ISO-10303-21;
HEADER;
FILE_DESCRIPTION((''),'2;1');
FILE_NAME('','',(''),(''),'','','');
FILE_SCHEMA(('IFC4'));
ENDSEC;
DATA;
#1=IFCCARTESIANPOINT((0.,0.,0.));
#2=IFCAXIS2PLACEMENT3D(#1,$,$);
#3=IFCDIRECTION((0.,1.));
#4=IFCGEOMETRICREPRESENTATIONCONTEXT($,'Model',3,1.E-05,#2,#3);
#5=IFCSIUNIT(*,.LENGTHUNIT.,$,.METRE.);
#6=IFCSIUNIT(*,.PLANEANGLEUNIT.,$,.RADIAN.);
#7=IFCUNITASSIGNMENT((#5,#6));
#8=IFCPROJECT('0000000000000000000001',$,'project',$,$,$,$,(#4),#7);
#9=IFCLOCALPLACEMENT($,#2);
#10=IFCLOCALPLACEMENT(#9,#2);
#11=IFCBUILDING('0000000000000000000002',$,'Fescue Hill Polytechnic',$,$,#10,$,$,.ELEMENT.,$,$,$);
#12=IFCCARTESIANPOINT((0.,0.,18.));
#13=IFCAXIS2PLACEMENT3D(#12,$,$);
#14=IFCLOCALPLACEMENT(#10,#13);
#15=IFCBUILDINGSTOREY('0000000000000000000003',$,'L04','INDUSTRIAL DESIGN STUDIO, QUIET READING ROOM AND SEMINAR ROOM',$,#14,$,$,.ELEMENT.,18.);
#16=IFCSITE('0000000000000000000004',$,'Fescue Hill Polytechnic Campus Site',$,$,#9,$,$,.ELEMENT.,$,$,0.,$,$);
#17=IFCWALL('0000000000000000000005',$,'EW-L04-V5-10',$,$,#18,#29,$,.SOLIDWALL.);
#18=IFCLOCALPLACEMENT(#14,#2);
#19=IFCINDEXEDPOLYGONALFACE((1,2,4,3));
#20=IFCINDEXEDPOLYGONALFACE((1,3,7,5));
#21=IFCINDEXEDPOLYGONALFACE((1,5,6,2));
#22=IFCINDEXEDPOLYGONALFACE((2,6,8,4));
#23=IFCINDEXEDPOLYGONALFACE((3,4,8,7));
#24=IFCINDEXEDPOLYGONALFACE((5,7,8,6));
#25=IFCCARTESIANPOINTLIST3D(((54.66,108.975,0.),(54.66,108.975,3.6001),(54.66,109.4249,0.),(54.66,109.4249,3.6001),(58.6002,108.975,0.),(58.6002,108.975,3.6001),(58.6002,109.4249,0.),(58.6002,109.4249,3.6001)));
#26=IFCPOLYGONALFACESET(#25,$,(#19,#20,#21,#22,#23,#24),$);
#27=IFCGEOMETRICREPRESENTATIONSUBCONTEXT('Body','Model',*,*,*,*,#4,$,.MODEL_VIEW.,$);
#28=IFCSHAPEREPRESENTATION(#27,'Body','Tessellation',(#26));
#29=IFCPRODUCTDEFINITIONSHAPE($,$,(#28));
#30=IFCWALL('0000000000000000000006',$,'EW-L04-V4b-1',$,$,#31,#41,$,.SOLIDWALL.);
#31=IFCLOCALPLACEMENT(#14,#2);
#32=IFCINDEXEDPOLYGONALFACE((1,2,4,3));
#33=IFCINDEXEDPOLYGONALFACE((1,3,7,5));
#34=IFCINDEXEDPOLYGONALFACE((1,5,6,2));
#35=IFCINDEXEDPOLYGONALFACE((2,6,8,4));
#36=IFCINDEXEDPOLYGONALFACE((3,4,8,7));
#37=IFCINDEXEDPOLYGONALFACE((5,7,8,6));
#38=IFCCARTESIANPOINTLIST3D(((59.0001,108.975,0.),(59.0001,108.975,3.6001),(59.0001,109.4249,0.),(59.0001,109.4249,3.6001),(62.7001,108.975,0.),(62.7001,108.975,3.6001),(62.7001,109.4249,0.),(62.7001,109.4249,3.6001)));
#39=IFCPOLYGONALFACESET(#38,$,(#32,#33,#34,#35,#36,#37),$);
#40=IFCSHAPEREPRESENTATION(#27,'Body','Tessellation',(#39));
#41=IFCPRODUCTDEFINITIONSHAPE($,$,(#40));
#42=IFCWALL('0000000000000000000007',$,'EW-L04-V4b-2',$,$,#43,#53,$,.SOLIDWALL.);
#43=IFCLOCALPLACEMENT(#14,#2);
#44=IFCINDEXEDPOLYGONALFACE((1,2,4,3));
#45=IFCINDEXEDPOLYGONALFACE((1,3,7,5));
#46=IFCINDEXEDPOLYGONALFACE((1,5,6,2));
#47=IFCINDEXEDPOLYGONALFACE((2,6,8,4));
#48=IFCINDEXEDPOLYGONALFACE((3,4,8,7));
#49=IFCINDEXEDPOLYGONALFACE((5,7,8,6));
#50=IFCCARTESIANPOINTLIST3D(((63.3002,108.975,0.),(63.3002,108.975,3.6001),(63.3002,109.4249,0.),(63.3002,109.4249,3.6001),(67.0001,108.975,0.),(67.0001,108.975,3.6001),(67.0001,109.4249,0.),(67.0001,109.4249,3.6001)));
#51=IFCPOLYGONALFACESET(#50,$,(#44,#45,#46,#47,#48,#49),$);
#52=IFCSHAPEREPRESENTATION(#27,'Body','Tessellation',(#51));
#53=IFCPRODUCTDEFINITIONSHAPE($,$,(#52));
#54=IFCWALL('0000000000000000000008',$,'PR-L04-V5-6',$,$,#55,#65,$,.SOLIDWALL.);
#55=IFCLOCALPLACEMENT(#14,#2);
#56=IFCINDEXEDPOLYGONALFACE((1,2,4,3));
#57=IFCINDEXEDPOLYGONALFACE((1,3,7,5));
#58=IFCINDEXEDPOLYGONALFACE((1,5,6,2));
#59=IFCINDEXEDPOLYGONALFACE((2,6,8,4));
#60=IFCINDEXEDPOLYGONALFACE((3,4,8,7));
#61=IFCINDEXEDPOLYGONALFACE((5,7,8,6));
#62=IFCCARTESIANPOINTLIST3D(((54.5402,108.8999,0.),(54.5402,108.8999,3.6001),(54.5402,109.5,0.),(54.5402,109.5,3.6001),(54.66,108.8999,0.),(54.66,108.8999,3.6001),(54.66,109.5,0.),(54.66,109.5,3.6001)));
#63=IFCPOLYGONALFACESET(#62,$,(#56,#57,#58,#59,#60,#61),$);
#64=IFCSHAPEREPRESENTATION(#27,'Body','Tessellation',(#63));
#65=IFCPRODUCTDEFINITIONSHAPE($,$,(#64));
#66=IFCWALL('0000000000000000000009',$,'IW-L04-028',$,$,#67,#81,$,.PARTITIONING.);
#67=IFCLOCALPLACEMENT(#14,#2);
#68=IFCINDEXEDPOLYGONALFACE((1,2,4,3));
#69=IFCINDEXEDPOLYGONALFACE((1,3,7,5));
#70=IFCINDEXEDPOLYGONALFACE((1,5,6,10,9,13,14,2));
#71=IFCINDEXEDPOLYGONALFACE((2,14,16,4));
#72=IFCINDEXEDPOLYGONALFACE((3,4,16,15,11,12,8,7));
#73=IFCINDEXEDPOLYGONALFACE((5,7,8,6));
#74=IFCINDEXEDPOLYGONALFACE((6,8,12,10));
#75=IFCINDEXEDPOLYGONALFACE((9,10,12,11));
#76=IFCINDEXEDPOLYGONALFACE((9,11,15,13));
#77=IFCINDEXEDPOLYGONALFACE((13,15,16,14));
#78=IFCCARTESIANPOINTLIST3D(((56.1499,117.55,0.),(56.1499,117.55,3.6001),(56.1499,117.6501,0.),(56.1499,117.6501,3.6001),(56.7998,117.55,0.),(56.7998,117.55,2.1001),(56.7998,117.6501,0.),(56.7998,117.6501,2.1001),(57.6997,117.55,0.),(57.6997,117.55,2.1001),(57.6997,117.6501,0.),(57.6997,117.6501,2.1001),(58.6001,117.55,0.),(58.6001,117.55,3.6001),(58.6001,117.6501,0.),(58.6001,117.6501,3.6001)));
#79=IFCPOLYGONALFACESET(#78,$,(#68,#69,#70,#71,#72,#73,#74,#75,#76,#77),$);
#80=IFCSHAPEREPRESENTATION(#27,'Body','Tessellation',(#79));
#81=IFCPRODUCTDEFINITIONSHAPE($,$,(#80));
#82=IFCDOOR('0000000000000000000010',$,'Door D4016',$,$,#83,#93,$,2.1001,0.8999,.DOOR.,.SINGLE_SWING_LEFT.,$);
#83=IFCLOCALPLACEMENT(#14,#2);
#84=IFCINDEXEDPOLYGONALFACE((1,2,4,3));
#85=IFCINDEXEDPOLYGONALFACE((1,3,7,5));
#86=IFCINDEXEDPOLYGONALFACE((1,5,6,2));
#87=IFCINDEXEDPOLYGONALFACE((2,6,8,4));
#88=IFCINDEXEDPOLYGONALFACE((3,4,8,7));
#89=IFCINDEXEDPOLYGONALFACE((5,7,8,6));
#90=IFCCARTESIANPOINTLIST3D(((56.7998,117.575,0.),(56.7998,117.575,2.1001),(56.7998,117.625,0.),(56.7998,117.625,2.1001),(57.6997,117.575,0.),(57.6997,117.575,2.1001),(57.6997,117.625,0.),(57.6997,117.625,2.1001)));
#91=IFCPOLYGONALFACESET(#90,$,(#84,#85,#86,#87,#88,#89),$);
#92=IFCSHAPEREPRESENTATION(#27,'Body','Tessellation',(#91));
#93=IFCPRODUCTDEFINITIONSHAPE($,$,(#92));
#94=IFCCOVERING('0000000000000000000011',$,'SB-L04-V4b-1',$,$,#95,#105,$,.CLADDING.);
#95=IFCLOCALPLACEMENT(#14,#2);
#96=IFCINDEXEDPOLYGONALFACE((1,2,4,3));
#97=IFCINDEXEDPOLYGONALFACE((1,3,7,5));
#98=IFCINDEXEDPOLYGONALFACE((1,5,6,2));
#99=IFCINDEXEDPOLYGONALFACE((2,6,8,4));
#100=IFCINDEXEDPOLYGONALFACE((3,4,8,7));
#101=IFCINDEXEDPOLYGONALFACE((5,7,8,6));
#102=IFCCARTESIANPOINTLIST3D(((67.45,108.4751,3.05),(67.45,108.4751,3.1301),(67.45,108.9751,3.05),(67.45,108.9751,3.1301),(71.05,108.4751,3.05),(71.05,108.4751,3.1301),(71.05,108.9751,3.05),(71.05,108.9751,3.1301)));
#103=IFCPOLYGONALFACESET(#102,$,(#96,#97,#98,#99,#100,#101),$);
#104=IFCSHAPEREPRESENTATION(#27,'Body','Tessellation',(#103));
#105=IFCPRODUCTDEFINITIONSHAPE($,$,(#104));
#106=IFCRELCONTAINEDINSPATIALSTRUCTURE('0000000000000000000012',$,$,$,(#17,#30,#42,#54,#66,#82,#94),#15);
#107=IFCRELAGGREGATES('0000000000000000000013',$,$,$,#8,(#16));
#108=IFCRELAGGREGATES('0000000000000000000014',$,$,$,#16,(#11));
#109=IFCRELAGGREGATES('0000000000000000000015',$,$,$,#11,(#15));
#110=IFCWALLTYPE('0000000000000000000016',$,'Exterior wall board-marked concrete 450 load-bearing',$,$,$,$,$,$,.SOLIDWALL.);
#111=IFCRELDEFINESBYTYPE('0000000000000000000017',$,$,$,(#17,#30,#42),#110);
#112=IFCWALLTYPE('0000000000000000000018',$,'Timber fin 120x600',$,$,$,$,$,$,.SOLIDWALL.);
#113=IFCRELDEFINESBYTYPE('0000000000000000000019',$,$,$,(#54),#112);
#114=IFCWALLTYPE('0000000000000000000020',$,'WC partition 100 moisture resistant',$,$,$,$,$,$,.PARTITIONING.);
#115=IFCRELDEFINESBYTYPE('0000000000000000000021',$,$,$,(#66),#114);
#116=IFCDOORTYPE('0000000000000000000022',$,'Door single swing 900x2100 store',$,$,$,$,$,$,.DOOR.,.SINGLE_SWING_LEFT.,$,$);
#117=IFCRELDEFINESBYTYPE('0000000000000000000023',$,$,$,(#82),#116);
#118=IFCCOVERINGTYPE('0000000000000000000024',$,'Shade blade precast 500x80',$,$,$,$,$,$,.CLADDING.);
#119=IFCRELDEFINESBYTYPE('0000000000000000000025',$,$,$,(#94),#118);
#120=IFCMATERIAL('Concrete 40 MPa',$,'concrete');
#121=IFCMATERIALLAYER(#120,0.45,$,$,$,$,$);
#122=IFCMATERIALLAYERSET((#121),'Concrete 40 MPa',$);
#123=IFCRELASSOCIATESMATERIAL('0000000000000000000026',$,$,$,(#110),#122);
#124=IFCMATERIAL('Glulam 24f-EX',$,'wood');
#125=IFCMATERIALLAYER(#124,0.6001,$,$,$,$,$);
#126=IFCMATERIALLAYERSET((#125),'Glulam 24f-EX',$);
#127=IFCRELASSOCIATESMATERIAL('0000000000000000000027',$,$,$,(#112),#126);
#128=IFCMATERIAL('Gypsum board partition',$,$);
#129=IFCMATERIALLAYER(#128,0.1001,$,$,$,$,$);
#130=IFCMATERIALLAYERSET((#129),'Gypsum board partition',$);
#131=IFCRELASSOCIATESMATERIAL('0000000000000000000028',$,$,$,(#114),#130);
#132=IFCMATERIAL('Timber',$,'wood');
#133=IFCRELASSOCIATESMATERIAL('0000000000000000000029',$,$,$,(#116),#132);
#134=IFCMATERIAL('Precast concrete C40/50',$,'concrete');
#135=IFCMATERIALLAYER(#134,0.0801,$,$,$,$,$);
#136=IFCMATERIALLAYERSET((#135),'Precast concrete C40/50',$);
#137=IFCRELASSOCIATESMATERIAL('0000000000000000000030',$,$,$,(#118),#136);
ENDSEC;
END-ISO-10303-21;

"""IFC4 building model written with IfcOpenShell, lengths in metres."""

from ifc_helpers import new_model, si_unit, direction, frame, frame_2d, origin, origin_2d, place, context, subcontext, project, spatial, rectangle, extrude, material, layer, layer_set, type_object, element, fill, save


model = new_model("IFC4")

# Units and contexts
model_context = context("Model", 3, precision=1e-05, world=origin(), true_north=direction((0.0, 1.0)))
body_context = subcontext(model_context, "Body", "Model", "MODEL_VIEW")
ifc_project = project(units=[si_unit("LENGTHUNIT", "METRE"), si_unit("PLANEANGLEUNIT", "RADIAN")], contexts=[model_context])

# Site, building, storey
site_placement = place(None, origin())
site = spatial("IfcSite", under=ifc_project, at=site_placement, Name="Fescue Hill Polytechnic Campus Site", CompositionType="ELEMENT", RefElevation=0.0)
building_placement = place(site_placement, origin())
building = spatial("IfcBuilding", under=site, at=building_placement, Name="Fescue Hill Polytechnic", CompositionType="ELEMENT")
storey_placement = place(building_placement, frame((0.0, 0.0, 18.0)))
storey = spatial("IfcBuildingStorey", under=building, at=storey_placement, Name="L04", Description="INDUSTRIAL DESIGN STUDIO, QUIET READING ROOM AND SEMINAR ROOM", CompositionType="ELEMENT", Elevation=18.0)

# Shared definitions
ifc_material_1 = material(Name="Concrete 40 MPa", Category="concrete")

# Walls
ifc_layer_1 = layer(ifc_material_1, 0.45)
ifc_layer_set_1 = layer_set([ifc_layer_1], Name="Concrete 40 MPa")
wall_type_1 = type_object("IfcWallType", Name="Exterior wall board-marked concrete 450 load-bearing", PredefinedType="SOLIDWALL", material=ifc_layer_set_1)
wall_1_placement = place(storey_placement, frame((54.6599, 109.2, 0.0), z_axis=(0.0, 0.0, 1.0), x_axis=(1.0, 0.0, 0.0)))
element("IfcWall", 1, at=wall_1_placement, inside=storey, type_object=wall_type_1, Name="EW-L04-V5-10", PredefinedType="SOLIDWALL", context=body_context, shape_type="SweptSolid", body=[
    extrude(rectangle(XDim=3.9402, YDim=0.45, at=frame_2d((1.9702, 0.0))), origin(), (0.0, 0.0, 1.0), 3.6001),
])
for number, where, z_axis, x_axis, name in (
    (2, (59.0, 109.2, 0.0), (0.0, 0.0, 1.0), (1.0, 0.0, 0.0), "EW-L04-V4b-1"),
    (3, (63.3, 109.2, 0.0), (0.0, 0.0, 1.0), (1.0, 0.0, 0.0), "EW-L04-V4b-2"),
):
    element("IfcWall", number, at=place(storey_placement, frame(where, z_axis=z_axis, x_axis=x_axis)), inside=storey, type_object=wall_type_1, Name=name, PredefinedType="SOLIDWALL", context=body_context, shape_type="SweptSolid", body=[
        extrude(rectangle(XDim=3.7, YDim=0.45, at=frame_2d((1.8501, 0.0))), origin(), (0.0, 0.0, 1.0), 3.6001),
    ])
ifc_material_2 = material(Name="Glulam 24f-EX", Category="wood")
ifc_layer_2 = layer(ifc_material_2, 0.6001)
ifc_layer_set_2 = layer_set([ifc_layer_2], Name="Glulam 24f-EX")
wall_type_2 = type_object("IfcWallType", Name="Timber fin 120x600", PredefinedType="SOLIDWALL", material=ifc_layer_set_2)
wall_2_placement = place(storey_placement, frame((54.54, 109.2, 0.0), z_axis=(0.0, 0.0, 1.0), x_axis=(1.0, 0.0, 0.0)))
element("IfcWall", 4, at=wall_2_placement, inside=storey, type_object=wall_type_2, Name="PR-L04-V5-6", PredefinedType="SOLIDWALL", context=body_context, shape_type="SweptSolid", body=[
    extrude(rectangle(XDim=0.1199, YDim=0.6001, at=frame_2d((0.0601, 0.0))), origin(), (0.0, 0.0, 1.0), 3.6001),
])

# Wall, opening, door
ifc_material_3 = material(Name="Gypsum board partition")
ifc_layer_3 = layer(ifc_material_3, 0.1001)
ifc_layer_set_3 = layer_set([ifc_layer_3], Name="Gypsum board partition")
wall_type_3 = type_object("IfcWallType", Name="WC partition 100 moisture resistant", PredefinedType="PARTITIONING", material=ifc_layer_set_3)
wall_3_placement = place(storey_placement, frame((56.1499, 117.6001, 0.0), z_axis=(0.0, 0.0, 1.0), x_axis=(1.0, 0.0, 0.0)))
wall_3 = element("IfcWall", 5, at=wall_3_placement, inside=storey, type_object=wall_type_3, Name="IW-L04-028", PredefinedType="PARTITIONING", context=body_context, shape_type="SweptSolid", body=[
    extrude(rectangle(XDim=2.4502, YDim=0.1001, at=frame_2d((1.2251, 0.0))), origin(), (0.0, 0.0, 1.0), 3.6001),
])
opening_1_placement = place(wall_3_placement, frame((0.6499, 0.0, 0.0)))
opening_1 = element("IfcOpeningElement", 6, at=opening_1_placement, cuts=wall_3, PredefinedType="OPENING", context=body_context, shape_type="SweptSolid", body=[
    extrude(rectangle(XDim=0.8999, YDim=2.1001, at=frame_2d((0.45, 1.05))), frame((0.0, 0.0601, 0.0), z_axis=(0.0, -1.0, 0.0), x_axis=(1.0, 0.0, 0.0)), (0.0, 0.0, 1.0), 0.1201),
])
ifc_material_4 = material(Name="Timber", Category="wood")
door_type_1 = type_object("IfcDoorType", Name="Door single swing 900x2100 store", OperationType="SINGLE_SWING_LEFT", PredefinedType="DOOR", material=ifc_material_4)
door_1_placement = place(opening_1_placement, origin())
door_1 = element("IfcDoor", 7, at=door_1_placement, inside=storey, type_object=door_type_1, Name="Door D4016", OperationType="SINGLE_SWING_LEFT", OverallHeight=2.1001, OverallWidth=0.8999, PredefinedType="DOOR", context=body_context, shape_type="SweptSolid", body=[
    extrude(rectangle(XDim=0.8999, YDim=2.1001, at=frame_2d((0.45, 1.05))), frame((0.0, 0.0249, 0.0), z_axis=(0.0, -1.0, 0.0), x_axis=(1.0, 0.0, 0.0)), (0.0, 0.0, 1.0), 0.05),
])
fill(opening_1, door_1)

# Covering
ifc_material_5 = material(Name="Precast concrete C40/50", Category="concrete")
ifc_layer_4 = layer(ifc_material_5, 0.0801)
ifc_layer_set_4 = layer_set([ifc_layer_4], Name="Precast concrete C40/50")
covering_type = type_object("IfcCoveringType", Name="Shade blade precast 500x80", PredefinedType="CLADDING", material=ifc_layer_set_4)
covering_placement = place(storey_placement, frame((69.25, 108.7251, 3.05), z_axis=(0.0, 0.0, 1.0), x_axis=(1.0, 0.0, 0.0)))
element("IfcCovering", 8, at=covering_placement, inside=storey, type_object=covering_type, Name="SB-L04-V4b-1", PredefinedType="CLADDING", context=body_context, shape_type="SweptSolid", body=[
    extrude(rectangle(XDim=3.6001, YDim=0.5, at=origin_2d()), origin(), (0.0, 0.0, 1.0), 0.0801),
])

save(model, "model.ifc")
